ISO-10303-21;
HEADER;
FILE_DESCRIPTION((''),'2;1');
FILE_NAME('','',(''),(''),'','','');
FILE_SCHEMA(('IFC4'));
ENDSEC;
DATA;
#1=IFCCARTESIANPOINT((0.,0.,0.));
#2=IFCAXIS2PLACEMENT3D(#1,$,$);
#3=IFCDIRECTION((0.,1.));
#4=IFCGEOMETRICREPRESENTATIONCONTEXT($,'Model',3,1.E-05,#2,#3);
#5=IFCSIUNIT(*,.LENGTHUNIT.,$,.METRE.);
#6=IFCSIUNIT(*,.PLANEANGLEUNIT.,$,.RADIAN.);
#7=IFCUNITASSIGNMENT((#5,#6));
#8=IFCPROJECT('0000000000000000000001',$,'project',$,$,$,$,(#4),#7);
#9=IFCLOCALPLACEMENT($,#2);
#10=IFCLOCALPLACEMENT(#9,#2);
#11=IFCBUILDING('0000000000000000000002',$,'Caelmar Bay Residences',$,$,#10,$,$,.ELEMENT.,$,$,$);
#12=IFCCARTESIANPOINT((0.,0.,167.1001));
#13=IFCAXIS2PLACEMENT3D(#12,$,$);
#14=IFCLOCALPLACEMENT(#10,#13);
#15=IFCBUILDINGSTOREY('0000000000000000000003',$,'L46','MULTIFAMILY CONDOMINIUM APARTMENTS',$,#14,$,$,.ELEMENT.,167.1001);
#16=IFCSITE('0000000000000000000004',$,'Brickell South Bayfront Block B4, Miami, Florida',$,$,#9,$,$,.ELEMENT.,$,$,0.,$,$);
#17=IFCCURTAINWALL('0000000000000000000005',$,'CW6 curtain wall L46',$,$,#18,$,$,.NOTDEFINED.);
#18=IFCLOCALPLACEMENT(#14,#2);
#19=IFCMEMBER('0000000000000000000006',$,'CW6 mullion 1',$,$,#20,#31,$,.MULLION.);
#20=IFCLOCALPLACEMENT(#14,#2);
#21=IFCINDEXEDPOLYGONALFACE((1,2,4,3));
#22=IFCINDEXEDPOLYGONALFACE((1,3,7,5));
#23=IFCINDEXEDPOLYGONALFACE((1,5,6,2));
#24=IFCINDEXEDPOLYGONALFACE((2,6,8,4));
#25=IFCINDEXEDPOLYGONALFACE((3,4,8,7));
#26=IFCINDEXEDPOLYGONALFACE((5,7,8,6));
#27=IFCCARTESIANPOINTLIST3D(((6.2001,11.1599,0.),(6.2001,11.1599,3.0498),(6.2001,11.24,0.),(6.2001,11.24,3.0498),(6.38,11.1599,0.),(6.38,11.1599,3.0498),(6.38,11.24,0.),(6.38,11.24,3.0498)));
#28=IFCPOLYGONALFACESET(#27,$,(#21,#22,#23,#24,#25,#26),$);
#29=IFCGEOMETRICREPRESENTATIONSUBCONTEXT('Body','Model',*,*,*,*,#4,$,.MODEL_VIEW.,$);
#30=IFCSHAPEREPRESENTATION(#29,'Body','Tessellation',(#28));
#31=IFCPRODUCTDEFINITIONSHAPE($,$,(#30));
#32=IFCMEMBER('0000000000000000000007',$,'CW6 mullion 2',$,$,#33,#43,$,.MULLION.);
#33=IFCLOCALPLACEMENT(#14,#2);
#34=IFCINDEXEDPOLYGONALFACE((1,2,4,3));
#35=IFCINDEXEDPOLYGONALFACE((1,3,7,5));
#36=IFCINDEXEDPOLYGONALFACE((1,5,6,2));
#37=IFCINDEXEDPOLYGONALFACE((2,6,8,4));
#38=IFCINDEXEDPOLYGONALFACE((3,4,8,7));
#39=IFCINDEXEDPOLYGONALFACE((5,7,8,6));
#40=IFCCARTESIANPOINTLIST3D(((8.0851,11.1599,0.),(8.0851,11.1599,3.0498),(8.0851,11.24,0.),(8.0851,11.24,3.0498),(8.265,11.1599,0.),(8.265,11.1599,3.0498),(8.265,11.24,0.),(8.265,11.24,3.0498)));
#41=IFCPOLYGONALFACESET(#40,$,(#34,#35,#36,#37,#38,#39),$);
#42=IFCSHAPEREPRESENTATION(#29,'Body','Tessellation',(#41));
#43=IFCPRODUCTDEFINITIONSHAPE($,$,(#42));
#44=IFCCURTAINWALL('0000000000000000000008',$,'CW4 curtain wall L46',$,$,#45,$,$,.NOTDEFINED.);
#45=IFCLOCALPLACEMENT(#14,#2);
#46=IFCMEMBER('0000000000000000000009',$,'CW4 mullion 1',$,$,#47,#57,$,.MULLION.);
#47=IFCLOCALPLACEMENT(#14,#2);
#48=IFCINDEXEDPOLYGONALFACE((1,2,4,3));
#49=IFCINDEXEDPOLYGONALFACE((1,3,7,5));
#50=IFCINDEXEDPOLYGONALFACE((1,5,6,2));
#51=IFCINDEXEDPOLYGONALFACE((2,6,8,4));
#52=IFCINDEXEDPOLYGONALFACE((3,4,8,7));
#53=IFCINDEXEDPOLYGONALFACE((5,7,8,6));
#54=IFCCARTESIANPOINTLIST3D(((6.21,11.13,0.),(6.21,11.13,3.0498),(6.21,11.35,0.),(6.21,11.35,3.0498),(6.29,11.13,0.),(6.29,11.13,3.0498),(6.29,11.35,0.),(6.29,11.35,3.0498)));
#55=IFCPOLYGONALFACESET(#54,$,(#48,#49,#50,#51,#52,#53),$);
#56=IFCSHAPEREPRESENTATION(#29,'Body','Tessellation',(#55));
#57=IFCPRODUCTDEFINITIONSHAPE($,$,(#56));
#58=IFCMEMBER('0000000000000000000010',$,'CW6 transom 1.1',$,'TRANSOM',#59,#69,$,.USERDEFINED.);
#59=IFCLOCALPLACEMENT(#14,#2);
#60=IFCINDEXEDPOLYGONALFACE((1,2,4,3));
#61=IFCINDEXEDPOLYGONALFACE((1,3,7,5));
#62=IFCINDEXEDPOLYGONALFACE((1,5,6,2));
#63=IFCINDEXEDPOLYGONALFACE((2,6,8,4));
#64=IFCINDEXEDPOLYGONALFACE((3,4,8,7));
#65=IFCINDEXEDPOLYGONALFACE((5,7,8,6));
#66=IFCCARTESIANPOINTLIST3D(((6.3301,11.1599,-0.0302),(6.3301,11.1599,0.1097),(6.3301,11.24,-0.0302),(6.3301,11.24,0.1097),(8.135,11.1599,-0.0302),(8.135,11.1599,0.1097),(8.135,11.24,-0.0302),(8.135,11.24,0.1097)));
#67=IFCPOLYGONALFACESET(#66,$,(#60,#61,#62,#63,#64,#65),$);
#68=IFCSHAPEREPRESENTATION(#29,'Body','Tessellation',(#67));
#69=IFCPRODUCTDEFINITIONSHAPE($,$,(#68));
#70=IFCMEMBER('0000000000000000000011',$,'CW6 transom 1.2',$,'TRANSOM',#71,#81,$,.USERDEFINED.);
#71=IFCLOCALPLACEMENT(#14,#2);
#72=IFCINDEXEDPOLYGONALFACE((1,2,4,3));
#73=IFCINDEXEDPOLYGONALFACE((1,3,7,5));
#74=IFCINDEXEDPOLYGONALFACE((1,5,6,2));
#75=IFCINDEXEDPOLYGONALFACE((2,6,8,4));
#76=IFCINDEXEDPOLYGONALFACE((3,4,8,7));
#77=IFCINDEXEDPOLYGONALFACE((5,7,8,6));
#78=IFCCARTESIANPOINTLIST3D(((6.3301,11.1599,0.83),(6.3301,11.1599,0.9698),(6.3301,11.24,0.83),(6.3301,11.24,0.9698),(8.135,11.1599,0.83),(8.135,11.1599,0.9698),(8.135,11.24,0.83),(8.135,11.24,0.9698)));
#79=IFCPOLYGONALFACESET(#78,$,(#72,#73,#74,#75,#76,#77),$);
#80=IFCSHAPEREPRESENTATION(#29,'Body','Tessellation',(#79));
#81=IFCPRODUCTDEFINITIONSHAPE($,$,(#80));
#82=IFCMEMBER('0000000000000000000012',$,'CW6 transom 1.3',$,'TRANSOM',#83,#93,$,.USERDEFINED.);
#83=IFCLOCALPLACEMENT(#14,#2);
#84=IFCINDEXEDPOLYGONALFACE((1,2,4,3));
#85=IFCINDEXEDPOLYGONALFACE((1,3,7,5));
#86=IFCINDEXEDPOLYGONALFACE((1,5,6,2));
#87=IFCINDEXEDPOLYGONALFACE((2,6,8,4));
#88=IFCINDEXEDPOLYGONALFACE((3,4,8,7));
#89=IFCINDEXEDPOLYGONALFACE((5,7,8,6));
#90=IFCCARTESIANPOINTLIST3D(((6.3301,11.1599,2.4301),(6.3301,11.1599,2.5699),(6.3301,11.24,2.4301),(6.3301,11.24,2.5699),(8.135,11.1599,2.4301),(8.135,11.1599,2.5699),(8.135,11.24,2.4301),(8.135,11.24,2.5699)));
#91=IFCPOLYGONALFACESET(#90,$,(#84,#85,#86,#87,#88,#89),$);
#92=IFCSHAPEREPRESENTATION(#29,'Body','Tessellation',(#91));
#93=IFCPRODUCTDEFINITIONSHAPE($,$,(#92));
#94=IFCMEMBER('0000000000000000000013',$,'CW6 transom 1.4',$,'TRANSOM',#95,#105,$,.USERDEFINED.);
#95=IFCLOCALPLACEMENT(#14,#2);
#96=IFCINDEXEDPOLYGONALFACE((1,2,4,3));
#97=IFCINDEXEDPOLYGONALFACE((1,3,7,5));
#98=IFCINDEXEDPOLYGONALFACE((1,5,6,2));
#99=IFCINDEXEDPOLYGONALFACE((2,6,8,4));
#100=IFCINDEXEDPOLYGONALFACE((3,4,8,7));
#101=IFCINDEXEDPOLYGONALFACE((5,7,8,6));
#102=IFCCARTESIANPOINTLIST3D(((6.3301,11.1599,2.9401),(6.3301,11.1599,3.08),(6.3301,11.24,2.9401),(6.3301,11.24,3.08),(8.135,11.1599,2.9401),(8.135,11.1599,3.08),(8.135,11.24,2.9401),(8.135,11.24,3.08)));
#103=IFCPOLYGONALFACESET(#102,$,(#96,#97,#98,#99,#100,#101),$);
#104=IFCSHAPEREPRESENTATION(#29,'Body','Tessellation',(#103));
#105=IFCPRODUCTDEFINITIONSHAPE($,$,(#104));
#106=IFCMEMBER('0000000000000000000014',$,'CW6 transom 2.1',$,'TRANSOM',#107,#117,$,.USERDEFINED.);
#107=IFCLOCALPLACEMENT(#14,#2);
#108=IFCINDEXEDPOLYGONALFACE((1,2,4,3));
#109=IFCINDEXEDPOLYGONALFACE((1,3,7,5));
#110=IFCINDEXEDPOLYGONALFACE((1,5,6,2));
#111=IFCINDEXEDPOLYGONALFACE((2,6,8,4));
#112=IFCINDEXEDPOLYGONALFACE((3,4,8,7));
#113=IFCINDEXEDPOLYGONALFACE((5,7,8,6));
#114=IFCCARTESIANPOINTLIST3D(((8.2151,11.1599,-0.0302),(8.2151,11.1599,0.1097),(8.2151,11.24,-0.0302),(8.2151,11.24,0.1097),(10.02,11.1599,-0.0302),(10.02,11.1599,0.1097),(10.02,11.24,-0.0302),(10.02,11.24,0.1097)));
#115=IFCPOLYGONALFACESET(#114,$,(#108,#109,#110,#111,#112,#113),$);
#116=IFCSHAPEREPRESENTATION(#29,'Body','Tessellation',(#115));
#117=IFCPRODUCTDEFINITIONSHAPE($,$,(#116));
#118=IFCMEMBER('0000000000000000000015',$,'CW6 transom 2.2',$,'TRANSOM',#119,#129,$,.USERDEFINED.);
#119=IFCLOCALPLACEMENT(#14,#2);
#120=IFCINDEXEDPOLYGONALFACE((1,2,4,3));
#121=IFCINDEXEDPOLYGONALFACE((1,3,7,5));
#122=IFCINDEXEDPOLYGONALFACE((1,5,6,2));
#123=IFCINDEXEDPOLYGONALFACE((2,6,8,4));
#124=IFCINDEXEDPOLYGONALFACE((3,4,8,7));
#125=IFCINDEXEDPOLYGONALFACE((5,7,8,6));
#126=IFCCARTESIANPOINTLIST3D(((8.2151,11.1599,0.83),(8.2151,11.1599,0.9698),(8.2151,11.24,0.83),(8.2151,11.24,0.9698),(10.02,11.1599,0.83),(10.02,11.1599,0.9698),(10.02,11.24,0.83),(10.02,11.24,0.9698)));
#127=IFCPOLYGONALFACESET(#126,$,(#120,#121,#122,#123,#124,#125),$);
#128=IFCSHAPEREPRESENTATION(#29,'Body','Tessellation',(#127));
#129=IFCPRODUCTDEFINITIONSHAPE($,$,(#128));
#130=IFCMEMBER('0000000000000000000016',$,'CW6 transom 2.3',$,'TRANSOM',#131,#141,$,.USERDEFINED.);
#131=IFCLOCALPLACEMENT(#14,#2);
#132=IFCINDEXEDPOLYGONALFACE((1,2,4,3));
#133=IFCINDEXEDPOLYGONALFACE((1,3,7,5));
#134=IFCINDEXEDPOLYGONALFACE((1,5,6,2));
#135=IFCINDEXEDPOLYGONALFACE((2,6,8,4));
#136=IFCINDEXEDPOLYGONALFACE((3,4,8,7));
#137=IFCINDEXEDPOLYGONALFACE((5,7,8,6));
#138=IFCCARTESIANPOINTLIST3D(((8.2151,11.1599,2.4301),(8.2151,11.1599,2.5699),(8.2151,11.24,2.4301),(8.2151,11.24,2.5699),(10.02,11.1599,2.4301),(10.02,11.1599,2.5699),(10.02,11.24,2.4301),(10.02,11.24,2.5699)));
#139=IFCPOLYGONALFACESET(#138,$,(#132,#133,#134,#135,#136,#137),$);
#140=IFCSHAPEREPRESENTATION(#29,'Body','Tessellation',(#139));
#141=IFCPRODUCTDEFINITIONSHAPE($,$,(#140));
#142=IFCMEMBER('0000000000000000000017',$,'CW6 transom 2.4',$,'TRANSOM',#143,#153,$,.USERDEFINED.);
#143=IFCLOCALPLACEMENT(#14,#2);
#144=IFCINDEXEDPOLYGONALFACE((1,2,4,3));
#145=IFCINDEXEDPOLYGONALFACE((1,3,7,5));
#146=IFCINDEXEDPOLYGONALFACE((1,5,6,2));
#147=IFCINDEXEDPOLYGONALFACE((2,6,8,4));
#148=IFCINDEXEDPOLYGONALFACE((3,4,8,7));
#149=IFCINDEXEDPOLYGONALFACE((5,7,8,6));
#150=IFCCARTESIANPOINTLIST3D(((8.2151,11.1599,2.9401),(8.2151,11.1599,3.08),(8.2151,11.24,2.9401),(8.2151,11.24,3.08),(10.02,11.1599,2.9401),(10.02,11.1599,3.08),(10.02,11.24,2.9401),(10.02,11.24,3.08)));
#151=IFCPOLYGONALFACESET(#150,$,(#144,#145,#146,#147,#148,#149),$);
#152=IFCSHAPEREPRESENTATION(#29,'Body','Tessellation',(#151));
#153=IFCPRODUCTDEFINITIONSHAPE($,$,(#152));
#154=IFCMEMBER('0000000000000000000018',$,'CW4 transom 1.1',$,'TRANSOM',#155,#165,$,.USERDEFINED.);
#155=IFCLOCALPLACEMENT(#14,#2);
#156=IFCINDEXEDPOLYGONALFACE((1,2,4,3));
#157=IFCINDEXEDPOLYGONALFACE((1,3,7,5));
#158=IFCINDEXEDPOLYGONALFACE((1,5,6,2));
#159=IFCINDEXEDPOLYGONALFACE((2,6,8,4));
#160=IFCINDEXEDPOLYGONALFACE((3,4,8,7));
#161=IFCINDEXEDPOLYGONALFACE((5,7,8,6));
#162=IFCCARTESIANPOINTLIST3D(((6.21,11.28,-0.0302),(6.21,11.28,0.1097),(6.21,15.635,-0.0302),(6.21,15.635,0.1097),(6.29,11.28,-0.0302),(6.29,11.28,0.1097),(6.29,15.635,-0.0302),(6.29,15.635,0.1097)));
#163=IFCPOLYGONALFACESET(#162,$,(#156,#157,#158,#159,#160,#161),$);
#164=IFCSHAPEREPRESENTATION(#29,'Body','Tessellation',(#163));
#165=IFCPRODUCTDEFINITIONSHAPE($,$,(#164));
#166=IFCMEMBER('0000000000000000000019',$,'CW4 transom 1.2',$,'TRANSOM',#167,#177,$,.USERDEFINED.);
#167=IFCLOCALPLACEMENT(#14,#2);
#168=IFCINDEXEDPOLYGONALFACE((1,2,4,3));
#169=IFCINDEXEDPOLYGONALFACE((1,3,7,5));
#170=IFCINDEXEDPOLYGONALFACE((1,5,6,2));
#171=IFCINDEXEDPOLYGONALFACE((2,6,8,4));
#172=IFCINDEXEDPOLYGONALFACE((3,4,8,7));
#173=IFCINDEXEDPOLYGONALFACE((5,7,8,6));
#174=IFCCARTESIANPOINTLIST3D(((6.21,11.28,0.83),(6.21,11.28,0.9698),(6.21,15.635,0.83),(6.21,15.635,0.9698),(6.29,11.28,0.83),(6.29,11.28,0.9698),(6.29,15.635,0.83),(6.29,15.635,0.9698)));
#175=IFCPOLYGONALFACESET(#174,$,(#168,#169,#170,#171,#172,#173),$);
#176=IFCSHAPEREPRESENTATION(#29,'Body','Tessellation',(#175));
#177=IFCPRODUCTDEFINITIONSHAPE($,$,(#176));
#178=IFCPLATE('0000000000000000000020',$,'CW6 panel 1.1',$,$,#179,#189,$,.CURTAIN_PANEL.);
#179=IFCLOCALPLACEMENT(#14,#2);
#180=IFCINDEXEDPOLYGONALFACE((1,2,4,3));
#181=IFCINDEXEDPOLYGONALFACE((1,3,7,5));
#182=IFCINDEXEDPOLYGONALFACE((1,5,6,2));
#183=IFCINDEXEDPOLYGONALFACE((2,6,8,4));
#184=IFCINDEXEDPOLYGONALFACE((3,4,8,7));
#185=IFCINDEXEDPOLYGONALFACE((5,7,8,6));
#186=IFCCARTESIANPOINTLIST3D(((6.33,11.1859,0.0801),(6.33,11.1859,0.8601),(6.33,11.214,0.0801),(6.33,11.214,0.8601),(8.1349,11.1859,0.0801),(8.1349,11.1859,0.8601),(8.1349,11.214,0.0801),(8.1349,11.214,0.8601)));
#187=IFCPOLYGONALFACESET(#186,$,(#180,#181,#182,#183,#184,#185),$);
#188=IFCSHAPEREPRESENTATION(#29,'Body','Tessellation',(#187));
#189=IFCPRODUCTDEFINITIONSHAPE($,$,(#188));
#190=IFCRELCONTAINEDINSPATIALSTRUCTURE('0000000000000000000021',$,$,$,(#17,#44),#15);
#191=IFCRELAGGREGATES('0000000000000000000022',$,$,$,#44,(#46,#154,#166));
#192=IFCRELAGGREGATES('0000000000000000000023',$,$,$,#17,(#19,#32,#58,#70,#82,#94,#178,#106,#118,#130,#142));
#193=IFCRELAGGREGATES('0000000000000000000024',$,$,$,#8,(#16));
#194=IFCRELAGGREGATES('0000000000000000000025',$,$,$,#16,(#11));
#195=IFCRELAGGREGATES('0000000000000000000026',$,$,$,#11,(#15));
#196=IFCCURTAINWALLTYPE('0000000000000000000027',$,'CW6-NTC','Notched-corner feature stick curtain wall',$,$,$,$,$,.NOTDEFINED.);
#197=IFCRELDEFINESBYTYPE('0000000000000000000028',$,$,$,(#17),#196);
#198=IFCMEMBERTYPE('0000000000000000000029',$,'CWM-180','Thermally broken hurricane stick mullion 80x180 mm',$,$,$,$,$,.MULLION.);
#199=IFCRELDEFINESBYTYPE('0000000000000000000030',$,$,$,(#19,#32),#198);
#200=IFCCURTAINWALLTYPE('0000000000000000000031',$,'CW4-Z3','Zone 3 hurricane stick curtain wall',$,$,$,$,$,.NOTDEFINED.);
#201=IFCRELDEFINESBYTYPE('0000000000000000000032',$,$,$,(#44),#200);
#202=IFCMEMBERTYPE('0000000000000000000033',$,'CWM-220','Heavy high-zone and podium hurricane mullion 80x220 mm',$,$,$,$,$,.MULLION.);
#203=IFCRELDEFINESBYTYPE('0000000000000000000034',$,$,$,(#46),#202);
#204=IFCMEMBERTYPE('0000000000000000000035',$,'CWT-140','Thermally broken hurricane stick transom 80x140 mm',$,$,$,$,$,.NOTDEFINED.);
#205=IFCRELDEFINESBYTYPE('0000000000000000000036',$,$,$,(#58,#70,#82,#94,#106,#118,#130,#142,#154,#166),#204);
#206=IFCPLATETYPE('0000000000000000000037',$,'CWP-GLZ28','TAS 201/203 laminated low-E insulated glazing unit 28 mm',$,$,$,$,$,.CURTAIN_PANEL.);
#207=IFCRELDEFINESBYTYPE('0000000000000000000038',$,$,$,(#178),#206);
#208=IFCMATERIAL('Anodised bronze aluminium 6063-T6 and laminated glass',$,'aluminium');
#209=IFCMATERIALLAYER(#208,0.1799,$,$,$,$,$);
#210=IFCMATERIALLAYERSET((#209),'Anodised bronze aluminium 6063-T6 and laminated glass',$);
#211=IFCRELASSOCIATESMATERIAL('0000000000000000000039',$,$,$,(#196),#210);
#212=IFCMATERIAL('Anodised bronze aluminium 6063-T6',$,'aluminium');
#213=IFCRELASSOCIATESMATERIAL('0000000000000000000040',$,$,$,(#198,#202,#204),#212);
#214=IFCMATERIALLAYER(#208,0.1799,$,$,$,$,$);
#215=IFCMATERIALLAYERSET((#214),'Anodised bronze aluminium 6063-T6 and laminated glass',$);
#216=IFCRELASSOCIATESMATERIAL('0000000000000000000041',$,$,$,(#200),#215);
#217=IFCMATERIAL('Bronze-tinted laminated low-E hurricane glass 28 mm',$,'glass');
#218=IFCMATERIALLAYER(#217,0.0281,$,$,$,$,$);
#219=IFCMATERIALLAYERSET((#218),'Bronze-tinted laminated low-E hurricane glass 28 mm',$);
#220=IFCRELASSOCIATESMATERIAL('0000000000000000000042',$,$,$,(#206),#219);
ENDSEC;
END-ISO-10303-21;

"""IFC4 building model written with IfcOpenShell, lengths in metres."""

from ifc_helpers import new_model, si_unit, direction, frame, origin, origin_2d, place, context, subcontext, project, spatial, rectangle, extrude, material, layer, layer_set, material_profile, profile_set, type_object, element, aggregate, save


model = new_model("IFC4")

# Units and contexts
model_context = context("Model", 3, precision=1e-05, world=origin(), true_north=direction((0.0, 1.0)))
body_context = subcontext(model_context, "Body", "Model", "MODEL_VIEW")
ifc_project = project(units=[si_unit("LENGTHUNIT", "METRE"), si_unit("PLANEANGLEUNIT", "RADIAN")], contexts=[model_context])

# Site, building, storey
site_placement = place(None, origin())
site = spatial("IfcSite", under=ifc_project, at=site_placement, Name="Brickell South Bayfront Block B4, Miami, Florida", CompositionType="ELEMENT", RefElevation=0.0)
building_placement = place(site_placement, origin())
building = spatial("IfcBuilding", under=site, at=building_placement, Name="Caelmar Bay Residences", CompositionType="ELEMENT")
storey_placement = place(building_placement, frame((0.0, 0.0, 167.1001)))
storey = spatial("IfcBuildingStorey", under=building, at=storey_placement, Name="L46", Description="MULTIFAMILY CONDOMINIUM APARTMENTS", CompositionType="ELEMENT", Elevation=167.1001)

# Curtain wall, members
ifc_material_1 = material(Name="Anodised bronze aluminium 6063-T6 and laminated glass", Category="aluminium")
ifc_layer_1 = layer(ifc_material_1, 0.1799)
ifc_layer_set_1 = layer_set([ifc_layer_1], Name="Anodised bronze aluminium 6063-T6 and laminated glass")
curtain_wall_type_1 = type_object("IfcCurtainWallType", Name="CW6-NTC", Description="Notched-corner feature stick curtain wall", PredefinedType="NOTDEFINED", material=ifc_layer_set_1)
curtain_wall_1_placement = place(storey_placement, origin())
curtain_wall_1 = element("IfcCurtainWall", 1, at=curtain_wall_1_placement, inside=storey, type_object=curtain_wall_type_1, Name="CW6 curtain wall L46", PredefinedType="NOTDEFINED")
ifc_material_2 = material(Name="Anodised bronze aluminium 6063-T6", Category="aluminium")
ifc_material_profile_1 = material_profile(ifc_material_2, rectangle(XDim=0.0801, YDim=0.1799, at=origin_2d()), Name="CWM-80X180")
ifc_profile_set_1 = profile_set([ifc_material_profile_1], Name="Anodised bronze aluminium 6063-T6")
member_type_1 = type_object("IfcMemberType", Name="CWM-180", Description="Thermally broken hurricane stick mullion 80x180 mm", PredefinedType="MULLION", material=ifc_profile_set_1)
member_1_placement = place(storey_placement, frame((6.29, 11.2, 0.0), z_axis=(0.0, 0.0, 1.0), x_axis=(0.0, 1.0, 0.0)))
member_1 = element("IfcMember", 2, at=member_1_placement, type_object=member_type_1, Name="CW6 mullion 1", PredefinedType="MULLION", context=body_context, shape_type="SweptSolid", body=[
    extrude(rectangle(XDim=0.0801, YDim=0.1799, at=origin_2d()), origin(), (0.0, 0.0, 1.0), 3.0498),
])
member_2_placement = place(storey_placement, frame((8.175, 11.2, 0.0), z_axis=(0.0, 0.0, 1.0), x_axis=(0.0, 1.0, 0.0)))
member_2 = element("IfcMember", 3, at=member_2_placement, type_object=member_type_1, Name="CW6 mullion 2", PredefinedType="MULLION", context=body_context, shape_type="SweptSolid", body=[
    extrude(rectangle(XDim=0.0801, YDim=0.1799, at=origin_2d()), origin(), (0.0, 0.0, 1.0), 3.0498),
])

# Curtain wall, member
ifc_layer_2 = layer(ifc_material_1, 0.1799)
ifc_layer_set_2 = layer_set([ifc_layer_2], Name="Anodised bronze aluminium 6063-T6 and laminated glass")
curtain_wall_type_2 = type_object("IfcCurtainWallType", Name="CW4-Z3", Description="Zone 3 hurricane stick curtain wall", PredefinedType="NOTDEFINED", material=ifc_layer_set_2)
curtain_wall_2_placement = place(storey_placement, origin())
curtain_wall_2 = element("IfcCurtainWall", 4, at=curtain_wall_2_placement, inside=storey, type_object=curtain_wall_type_2, Name="CW4 curtain wall L46", PredefinedType="NOTDEFINED")
ifc_material_profile_2 = material_profile(ifc_material_2, rectangle(XDim=0.0801, YDim=0.22, at=origin_2d()), Name="CWM-80X220")
ifc_profile_set_2 = profile_set([ifc_material_profile_2], Name="Anodised bronze aluminium 6063-T6")
member_type_2 = type_object("IfcMemberType", Name="CWM-220", Description="Heavy high-zone and podium hurricane mullion 80x220 mm", PredefinedType="MULLION", material=ifc_profile_set_2)
member_3_placement = place(storey_placement, frame((6.25, 11.24, 0.0), z_axis=(0.0, 0.0, 1.0), x_axis=(-1.0, 0.0, 0.0)))
member_3 = element("IfcMember", 5, at=member_3_placement, type_object=member_type_2, Name="CW4 mullion 1", PredefinedType="MULLION", context=body_context, shape_type="SweptSolid", body=[
    extrude(rectangle(XDim=0.0801, YDim=0.22, at=origin_2d()), origin(), (0.0, 0.0, 1.0), 3.0498),
])

# Members
ifc_material_profile_3 = material_profile(ifc_material_2, rectangle(XDim=0.0801, YDim=0.1399, at=origin_2d()), Name="CWT-80X140")
ifc_profile_set_3 = profile_set([ifc_material_profile_3], Name="Anodised bronze aluminium 6063-T6")
member_type_3 = type_object("IfcMemberType", Name="CWT-140", Description="Thermally broken hurricane stick transom 80x140 mm", PredefinedType="NOTDEFINED", material=ifc_profile_set_3)
member_4_placement = place(storey_placement, frame((6.3301, 11.2, 0.0398), z_axis=(1.0, 0.0, 0.0), x_axis=(0.0, 1.0, 0.0)))
member_4 = element("IfcMember", 6, at=member_4_placement, type_object=member_type_3, Name="CW6 transom 1.1", ObjectType="TRANSOM", PredefinedType="USERDEFINED", context=body_context, shape_type="SweptSolid", body=[
    extrude(rectangle(XDim=0.0801, YDim=0.1399, at=origin_2d()), origin(), (0.0, 0.0, 1.0), 1.8049),
])
member_5_placement = place(storey_placement, frame((6.3301, 11.2, 0.8999), z_axis=(1.0, 0.0, 0.0), x_axis=(0.0, 1.0, 0.0)))
member_5 = element("IfcMember", 7, at=member_5_placement, type_object=member_type_3, Name="CW6 transom 1.2", ObjectType="TRANSOM", PredefinedType="USERDEFINED", context=body_context, shape_type="SweptSolid", body=[
    extrude(rectangle(XDim=0.0801, YDim=0.1399, at=origin_2d()), origin(), (0.0, 0.0, 1.0), 1.8049),
])
member_6_placement = place(storey_placement, frame((6.3301, 11.2, 2.5), z_axis=(1.0, 0.0, 0.0), x_axis=(0.0, 1.0, 0.0)))
member_6 = element("IfcMember", 8, at=member_6_placement, type_object=member_type_3, Name="CW6 transom 1.3", ObjectType="TRANSOM", PredefinedType="USERDEFINED", context=body_context, shape_type="SweptSolid", body=[
    extrude(rectangle(XDim=0.0801, YDim=0.1399, at=origin_2d()), origin(), (0.0, 0.0, 1.0), 1.8049),
])
member_7_placement = place(storey_placement, frame((6.3301, 11.2, 3.01), z_axis=(1.0, 0.0, 0.0), x_axis=(0.0, 1.0, 0.0)))
member_7 = element("IfcMember", 9, at=member_7_placement, type_object=member_type_3, Name="CW6 transom 1.4", ObjectType="TRANSOM", PredefinedType="USERDEFINED", context=body_context, shape_type="SweptSolid", body=[
    extrude(rectangle(XDim=0.0801, YDim=0.1399, at=origin_2d()), origin(), (0.0, 0.0, 1.0), 1.8049),
])
member_8_placement = place(storey_placement, frame((8.2151, 11.2, 0.0398), z_axis=(1.0, 0.0, 0.0), x_axis=(0.0, 1.0, 0.0)))
member_8 = element("IfcMember", 10, at=member_8_placement, type_object=member_type_3, Name="CW6 transom 2.1", ObjectType="TRANSOM", PredefinedType="USERDEFINED", context=body_context, shape_type="SweptSolid", body=[
    extrude(rectangle(XDim=0.0801, YDim=0.1399, at=origin_2d()), origin(), (0.0, 0.0, 1.0), 1.8049),
])
member_9_placement = place(storey_placement, frame((8.2151, 11.2, 0.8999), z_axis=(1.0, 0.0, 0.0), x_axis=(0.0, 1.0, 0.0)))
member_9 = element("IfcMember", 11, at=member_9_placement, type_object=member_type_3, Name="CW6 transom 2.2", ObjectType="TRANSOM", PredefinedType="USERDEFINED", context=body_context, shape_type="SweptSolid", body=[
    extrude(rectangle(XDim=0.0801, YDim=0.1399, at=origin_2d()), origin(), (0.0, 0.0, 1.0), 1.8049),
])
member_10_placement = place(storey_placement, frame((8.2151, 11.2, 2.5), z_axis=(1.0, 0.0, 0.0), x_axis=(0.0, 1.0, 0.0)))
member_10 = element("IfcMember", 12, at=member_10_placement, type_object=member_type_3, Name="CW6 transom 2.3", ObjectType="TRANSOM", PredefinedType="USERDEFINED", context=body_context, shape_type="SweptSolid", body=[
    extrude(rectangle(XDim=0.0801, YDim=0.1399, at=origin_2d()), origin(), (0.0, 0.0, 1.0), 1.8049),
])
member_11_placement = place(storey_placement, frame((8.2151, 11.2, 3.01), z_axis=(1.0, 0.0, 0.0), x_axis=(0.0, 1.0, 0.0)))
member_11 = element("IfcMember", 13, at=member_11_placement, type_object=member_type_3, Name="CW6 transom 2.4", ObjectType="TRANSOM", PredefinedType="USERDEFINED", context=body_context, shape_type="SweptSolid", body=[
    extrude(rectangle(XDim=0.0801, YDim=0.1399, at=origin_2d()), origin(), (0.0, 0.0, 1.0), 1.8049),
])
member_12_placement = place(storey_placement, frame((6.25, 11.28, 0.0398), z_axis=(0.0, 1.0, 0.0), x_axis=(-1.0, 0.0, 0.0)))
member_12 = element("IfcMember", 14, at=member_12_placement, type_object=member_type_3, Name="CW4 transom 1.1", ObjectType="TRANSOM", PredefinedType="USERDEFINED", context=body_context, shape_type="SweptSolid", body=[
    extrude(rectangle(XDim=0.0801, YDim=0.1399, at=origin_2d()), origin(), (0.0, 0.0, 1.0), 4.355),
])
member_13_placement = place(storey_placement, frame((6.25, 11.28, 0.8999), z_axis=(0.0, 1.0, 0.0), x_axis=(-1.0, 0.0, 0.0)))
member_13 = element("IfcMember", 15, at=member_13_placement, type_object=member_type_3, Name="CW4 transom 1.2", ObjectType="TRANSOM", PredefinedType="USERDEFINED", context=body_context, shape_type="SweptSolid", body=[
    extrude(rectangle(XDim=0.0801, YDim=0.1399, at=origin_2d()), origin(), (0.0, 0.0, 1.0), 4.355),
])
aggregate(curtain_wall_2, [member_3, member_12, member_13])

# Plate
ifc_material_3 = material(Name="Bronze-tinted laminated low-E hurricane glass 28 mm", Category="glass")
ifc_layer_3 = layer(ifc_material_3, 0.0281)
ifc_layer_set_3 = layer_set([ifc_layer_3], Name="Bronze-tinted laminated low-E hurricane glass 28 mm")
plate_type = type_object("IfcPlateType", Name="CWP-GLZ28", Description="TAS 201/203 laminated low-E insulated glazing unit 28 mm", PredefinedType="CURTAIN_PANEL", material=ifc_layer_set_3)
plate_1_placement = place(storey_placement, frame((7.2324, 11.2, 0.0801), z_axis=(0.0, 0.0, 1.0), x_axis=(1.0, 0.0, 0.0)))
plate_1 = element("IfcPlate", 16, at=plate_1_placement, type_object=plate_type, Name="CW6 panel 1.1", PredefinedType="CURTAIN_PANEL", context=body_context, shape_type="SweptSolid", body=[
    extrude(rectangle(XDim=1.8049, YDim=0.0281, at=origin_2d()), origin(), (0.0, 0.0, 1.0), 0.78),
])
aggregate(curtain_wall_1, [member_1, member_2, member_4, member_5, member_6, member_7, plate_1, member_8, member_9, member_10, member_11])

save(model, "model.ifc")
